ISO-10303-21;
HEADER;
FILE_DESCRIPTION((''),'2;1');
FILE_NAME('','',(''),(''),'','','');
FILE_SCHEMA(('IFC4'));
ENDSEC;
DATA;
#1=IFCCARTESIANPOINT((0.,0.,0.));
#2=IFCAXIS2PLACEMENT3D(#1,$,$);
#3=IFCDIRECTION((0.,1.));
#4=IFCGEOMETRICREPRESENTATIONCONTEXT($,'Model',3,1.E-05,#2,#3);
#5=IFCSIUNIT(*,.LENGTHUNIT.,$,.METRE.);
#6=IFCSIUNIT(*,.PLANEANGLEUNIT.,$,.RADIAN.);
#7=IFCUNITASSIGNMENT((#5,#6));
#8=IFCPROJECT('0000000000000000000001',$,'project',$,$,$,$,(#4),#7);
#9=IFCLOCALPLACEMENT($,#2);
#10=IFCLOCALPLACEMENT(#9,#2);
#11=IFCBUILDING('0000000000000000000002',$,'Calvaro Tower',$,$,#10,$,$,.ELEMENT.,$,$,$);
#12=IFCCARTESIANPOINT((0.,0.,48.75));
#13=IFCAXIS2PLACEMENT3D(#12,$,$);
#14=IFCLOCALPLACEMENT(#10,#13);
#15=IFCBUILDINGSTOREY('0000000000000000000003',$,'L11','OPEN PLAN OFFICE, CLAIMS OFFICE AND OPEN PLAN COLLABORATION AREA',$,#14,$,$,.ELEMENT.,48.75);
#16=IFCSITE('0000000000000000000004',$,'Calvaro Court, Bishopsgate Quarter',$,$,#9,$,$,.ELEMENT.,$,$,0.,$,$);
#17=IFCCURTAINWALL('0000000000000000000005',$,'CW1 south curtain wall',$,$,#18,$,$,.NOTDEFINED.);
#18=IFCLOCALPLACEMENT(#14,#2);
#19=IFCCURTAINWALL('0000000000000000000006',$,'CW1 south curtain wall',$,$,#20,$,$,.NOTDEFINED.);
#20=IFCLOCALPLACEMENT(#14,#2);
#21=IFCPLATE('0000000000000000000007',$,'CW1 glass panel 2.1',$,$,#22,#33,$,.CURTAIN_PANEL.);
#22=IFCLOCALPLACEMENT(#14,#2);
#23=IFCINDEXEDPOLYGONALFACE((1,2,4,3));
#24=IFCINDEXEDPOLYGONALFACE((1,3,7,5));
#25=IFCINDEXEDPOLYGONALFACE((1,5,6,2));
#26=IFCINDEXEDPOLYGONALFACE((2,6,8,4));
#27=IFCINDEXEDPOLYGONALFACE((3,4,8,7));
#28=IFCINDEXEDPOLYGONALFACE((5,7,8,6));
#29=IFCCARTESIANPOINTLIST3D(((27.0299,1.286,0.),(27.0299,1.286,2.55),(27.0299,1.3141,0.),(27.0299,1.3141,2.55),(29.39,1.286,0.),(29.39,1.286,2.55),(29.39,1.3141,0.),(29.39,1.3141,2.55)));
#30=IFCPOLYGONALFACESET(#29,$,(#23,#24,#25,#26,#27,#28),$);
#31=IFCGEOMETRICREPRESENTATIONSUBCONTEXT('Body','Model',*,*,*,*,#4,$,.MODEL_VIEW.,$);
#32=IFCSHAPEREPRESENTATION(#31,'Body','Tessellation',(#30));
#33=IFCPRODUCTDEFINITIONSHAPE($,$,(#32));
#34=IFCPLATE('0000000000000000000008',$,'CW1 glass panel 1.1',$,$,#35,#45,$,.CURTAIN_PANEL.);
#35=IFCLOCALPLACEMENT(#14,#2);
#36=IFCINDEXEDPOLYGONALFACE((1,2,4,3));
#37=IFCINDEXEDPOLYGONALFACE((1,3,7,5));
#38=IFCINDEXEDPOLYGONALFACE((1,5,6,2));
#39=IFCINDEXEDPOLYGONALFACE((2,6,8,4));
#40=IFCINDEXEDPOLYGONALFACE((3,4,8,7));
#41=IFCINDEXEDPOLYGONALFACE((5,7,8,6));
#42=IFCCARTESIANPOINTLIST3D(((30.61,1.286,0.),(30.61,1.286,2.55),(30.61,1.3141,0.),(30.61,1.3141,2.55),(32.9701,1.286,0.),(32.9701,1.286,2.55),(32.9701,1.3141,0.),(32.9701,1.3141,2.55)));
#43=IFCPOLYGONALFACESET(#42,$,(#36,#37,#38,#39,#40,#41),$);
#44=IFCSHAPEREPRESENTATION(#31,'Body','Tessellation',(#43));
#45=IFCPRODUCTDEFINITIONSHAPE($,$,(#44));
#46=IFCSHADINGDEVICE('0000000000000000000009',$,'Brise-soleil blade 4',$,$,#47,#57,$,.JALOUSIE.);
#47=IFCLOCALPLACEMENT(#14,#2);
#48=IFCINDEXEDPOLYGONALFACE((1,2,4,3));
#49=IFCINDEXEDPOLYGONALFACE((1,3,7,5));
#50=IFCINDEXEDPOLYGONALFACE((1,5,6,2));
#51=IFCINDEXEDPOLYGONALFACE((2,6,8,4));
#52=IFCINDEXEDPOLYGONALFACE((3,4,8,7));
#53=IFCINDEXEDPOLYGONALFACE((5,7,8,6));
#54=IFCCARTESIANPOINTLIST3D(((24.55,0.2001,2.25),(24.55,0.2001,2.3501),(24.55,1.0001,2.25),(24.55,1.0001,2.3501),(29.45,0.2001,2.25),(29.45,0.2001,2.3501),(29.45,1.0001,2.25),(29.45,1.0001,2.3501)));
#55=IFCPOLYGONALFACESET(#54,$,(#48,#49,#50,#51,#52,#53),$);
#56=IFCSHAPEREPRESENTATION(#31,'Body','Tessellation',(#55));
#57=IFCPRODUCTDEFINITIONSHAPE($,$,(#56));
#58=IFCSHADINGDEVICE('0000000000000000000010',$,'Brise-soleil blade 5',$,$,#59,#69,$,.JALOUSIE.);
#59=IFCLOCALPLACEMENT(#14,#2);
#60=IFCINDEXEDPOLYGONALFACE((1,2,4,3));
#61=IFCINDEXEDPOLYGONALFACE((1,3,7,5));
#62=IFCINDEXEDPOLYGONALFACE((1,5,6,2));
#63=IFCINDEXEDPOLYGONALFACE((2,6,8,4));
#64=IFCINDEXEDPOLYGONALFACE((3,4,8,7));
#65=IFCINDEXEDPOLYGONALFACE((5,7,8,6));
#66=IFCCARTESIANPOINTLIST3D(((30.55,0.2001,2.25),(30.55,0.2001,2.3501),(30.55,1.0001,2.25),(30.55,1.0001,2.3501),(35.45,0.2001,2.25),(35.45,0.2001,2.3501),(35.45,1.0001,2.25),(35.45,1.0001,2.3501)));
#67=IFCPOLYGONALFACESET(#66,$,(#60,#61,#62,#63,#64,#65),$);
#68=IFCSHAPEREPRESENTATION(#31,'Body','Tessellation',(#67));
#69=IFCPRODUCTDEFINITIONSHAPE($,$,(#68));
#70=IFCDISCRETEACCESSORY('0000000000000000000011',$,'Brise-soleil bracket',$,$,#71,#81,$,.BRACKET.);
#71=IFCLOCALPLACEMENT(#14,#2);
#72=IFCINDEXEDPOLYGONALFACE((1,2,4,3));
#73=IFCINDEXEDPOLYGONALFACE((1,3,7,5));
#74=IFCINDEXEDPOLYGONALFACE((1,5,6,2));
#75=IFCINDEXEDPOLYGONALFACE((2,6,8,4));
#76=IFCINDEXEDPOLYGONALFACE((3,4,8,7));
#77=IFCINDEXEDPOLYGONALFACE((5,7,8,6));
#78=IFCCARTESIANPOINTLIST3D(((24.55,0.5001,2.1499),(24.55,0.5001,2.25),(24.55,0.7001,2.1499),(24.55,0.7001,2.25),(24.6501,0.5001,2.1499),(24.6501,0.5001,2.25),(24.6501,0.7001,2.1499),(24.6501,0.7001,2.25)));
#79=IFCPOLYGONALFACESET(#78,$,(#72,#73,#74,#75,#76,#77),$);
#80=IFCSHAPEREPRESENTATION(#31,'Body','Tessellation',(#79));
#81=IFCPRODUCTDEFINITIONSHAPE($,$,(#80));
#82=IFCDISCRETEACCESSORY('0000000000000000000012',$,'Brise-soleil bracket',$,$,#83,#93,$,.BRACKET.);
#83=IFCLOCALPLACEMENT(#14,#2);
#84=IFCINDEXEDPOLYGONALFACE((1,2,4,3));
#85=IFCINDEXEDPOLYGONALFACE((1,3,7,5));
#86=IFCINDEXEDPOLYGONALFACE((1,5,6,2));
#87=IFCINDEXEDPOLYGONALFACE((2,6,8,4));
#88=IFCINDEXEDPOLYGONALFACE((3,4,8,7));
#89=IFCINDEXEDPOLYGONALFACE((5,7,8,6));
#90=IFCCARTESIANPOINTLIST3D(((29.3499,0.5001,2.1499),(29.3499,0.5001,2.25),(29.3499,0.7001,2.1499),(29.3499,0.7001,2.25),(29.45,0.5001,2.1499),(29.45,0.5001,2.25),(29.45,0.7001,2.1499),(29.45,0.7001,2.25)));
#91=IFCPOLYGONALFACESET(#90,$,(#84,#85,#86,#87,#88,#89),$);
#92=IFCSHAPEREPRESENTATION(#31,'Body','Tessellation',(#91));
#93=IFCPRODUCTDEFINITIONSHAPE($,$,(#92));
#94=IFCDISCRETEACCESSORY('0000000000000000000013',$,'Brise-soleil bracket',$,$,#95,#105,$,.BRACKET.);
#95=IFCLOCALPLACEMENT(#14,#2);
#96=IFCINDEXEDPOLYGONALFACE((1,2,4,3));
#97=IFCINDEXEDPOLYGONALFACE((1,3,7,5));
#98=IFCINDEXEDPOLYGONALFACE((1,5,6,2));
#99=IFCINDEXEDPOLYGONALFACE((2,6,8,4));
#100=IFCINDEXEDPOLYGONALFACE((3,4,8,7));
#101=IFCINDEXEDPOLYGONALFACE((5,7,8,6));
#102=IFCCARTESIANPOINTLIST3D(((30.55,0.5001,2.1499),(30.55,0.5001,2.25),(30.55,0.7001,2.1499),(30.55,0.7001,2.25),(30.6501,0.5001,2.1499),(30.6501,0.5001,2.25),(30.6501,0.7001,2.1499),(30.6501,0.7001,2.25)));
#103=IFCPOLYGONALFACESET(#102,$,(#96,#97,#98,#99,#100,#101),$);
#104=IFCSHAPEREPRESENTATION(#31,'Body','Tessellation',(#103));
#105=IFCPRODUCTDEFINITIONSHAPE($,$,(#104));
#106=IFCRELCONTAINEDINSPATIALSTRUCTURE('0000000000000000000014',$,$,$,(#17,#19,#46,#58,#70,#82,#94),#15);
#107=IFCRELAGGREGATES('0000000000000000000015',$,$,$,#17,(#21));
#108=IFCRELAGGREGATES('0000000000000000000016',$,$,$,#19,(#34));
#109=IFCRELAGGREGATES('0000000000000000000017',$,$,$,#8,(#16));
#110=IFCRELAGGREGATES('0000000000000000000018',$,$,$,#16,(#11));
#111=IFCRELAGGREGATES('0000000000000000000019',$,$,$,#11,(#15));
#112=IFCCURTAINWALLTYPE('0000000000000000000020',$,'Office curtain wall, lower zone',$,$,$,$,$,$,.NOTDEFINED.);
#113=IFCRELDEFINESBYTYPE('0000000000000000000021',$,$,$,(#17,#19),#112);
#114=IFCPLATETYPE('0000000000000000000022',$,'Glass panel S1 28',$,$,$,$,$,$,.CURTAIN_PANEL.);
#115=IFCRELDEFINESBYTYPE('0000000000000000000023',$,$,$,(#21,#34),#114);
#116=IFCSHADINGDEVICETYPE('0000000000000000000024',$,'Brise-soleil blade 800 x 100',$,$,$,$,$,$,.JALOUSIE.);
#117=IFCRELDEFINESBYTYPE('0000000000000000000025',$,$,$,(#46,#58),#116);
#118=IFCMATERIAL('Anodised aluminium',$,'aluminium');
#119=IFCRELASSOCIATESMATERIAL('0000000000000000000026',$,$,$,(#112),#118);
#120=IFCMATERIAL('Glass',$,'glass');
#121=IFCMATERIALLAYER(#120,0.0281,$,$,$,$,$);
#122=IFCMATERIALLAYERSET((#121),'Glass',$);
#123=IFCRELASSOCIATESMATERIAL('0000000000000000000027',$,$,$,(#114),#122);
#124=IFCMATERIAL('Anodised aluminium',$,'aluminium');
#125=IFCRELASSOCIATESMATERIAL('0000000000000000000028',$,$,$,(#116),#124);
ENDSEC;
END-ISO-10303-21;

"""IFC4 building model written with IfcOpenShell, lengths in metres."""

from ifc_helpers import new_model, si_unit, direction, frame, origin, origin_2d, place, context, subcontext, project, spatial, rectangle, extrude, material, layer, layer_set, material_profile, profile_set, type_object, element, aggregate, save


model = new_model("IFC4")

# Units and contexts
model_context = context("Model", 3, precision=1e-05, world=origin(), true_north=direction((0.0, 1.0)))
body_context = subcontext(model_context, "Body", "Model", "MODEL_VIEW")
ifc_project = project(units=[si_unit("LENGTHUNIT", "METRE"), si_unit("PLANEANGLEUNIT", "RADIAN")], contexts=[model_context])

# Site, building, storey
site_placement = place(None, origin())
site = spatial("IfcSite", under=ifc_project, at=site_placement, Name="Calvaro Court, Bishopsgate Quarter", CompositionType="ELEMENT", RefElevation=0.0)
building_placement = place(site_placement, origin())
building = spatial("IfcBuilding", under=site, at=building_placement, Name="Calvaro Tower", CompositionType="ELEMENT")
storey_placement = place(building_placement, frame((0.0, 0.0, 48.75)))
storey = spatial("IfcBuildingStorey", under=building, at=storey_placement, Name="L11", Description="OPEN PLAN OFFICE, CLAIMS OFFICE AND OPEN PLAN COLLABORATION AREA", CompositionType="ELEMENT", Elevation=48.75)

# Shared definitions
ifc_material_1 = material(Name="Anodised aluminium", Category="aluminium")
curtain_wall_type = type_object("IfcCurtainWallType", Name="Office curtain wall, lower zone", PredefinedType="NOTDEFINED", material=ifc_material_1)

# Curtain walls
curtain_wall_1_placement = place(storey_placement, origin())
curtain_wall_1 = element("IfcCurtainWall", 1, at=curtain_wall_1_placement, inside=storey, type_object=curtain_wall_type, Name="CW1 south curtain wall", PredefinedType="NOTDEFINED")
curtain_wall_2_placement = place(storey_placement, origin())
curtain_wall_2 = element("IfcCurtainWall", 2, at=curtain_wall_2_placement, inside=storey, type_object=curtain_wall_type, Name="CW1 south curtain wall", PredefinedType="NOTDEFINED")

# Plates
ifc_material_2 = material(Name="Glass", Category="glass")
ifc_layer = layer(ifc_material_2, 0.0281)
ifc_layer_set = layer_set([ifc_layer], Name="Glass")
plate_type = type_object("IfcPlateType", Name="Glass panel S1 28", PredefinedType="CURTAIN_PANEL", material=ifc_layer_set)
plate_1_placement = place(storey_placement, frame((28.21, 1.3, 0.0), z_axis=(0.0, 0.0, 1.0), x_axis=(1.0, 0.0, 0.0)))
plate_1 = element("IfcPlate", 3, at=plate_1_placement, type_object=plate_type, Name="CW1 glass panel 2.1", PredefinedType="CURTAIN_PANEL", context=body_context, shape_type="SweptSolid", body=[
    extrude(rectangle(XDim=2.3601, YDim=0.0281, at=origin_2d()), origin(), (0.0, 0.0, 1.0), 2.55),
])
aggregate(curtain_wall_1, [plate_1])
plate_2_placement = place(storey_placement, frame((31.79, 1.3, 0.0), z_axis=(0.0, 0.0, 1.0), x_axis=(1.0, 0.0, 0.0)))
plate_2 = element("IfcPlate", 4, at=plate_2_placement, type_object=plate_type, Name="CW1 glass panel 1.1", PredefinedType="CURTAIN_PANEL", context=body_context, shape_type="SweptSolid", body=[
    extrude(rectangle(XDim=2.3601, YDim=0.0281, at=origin_2d()), origin(), (0.0, 0.0, 1.0), 2.55),
])
aggregate(curtain_wall_2, [plate_2])

# Shading devices
ifc_material_3 = material(Name="Anodised aluminium", Category="aluminium")
ifc_material_profile_1 = material_profile(ifc_material_3, rectangle(XDim=0.8, YDim=0.1001, at=origin_2d()), Name="Brise-soleil blade 800 x 100")
ifc_profile_set_1 = profile_set([ifc_material_profile_1], Name="Anodised aluminium")
shading_device_type = type_object("IfcShadingDeviceType", Name="Brise-soleil blade 800 x 100", PredefinedType="JALOUSIE", material=ifc_profile_set_1)
for number, where, z_axis, x_axis, name in (
    (5, (24.55, 0.6001, 2.3), (1.0, 0.0, 0.0), (0.0, 1.0, 0.0), "Brise-soleil blade 4"),
    (6, (30.55, 0.6001, 2.3), (1.0, 0.0, 0.0), (0.0, 1.0, 0.0), "Brise-soleil blade 5"),
):
    element("IfcShadingDevice", number, at=place(storey_placement, frame(where, z_axis=z_axis, x_axis=x_axis)), inside=storey, type_object=shading_device_type, Name=name, PredefinedType="JALOUSIE", context=body_context, shape_type="SweptSolid", body=[
        extrude(rectangle(XDim=0.8, YDim=0.1001, at=origin_2d()), origin(), (0.0, 0.0, 1.0), 4.8999),
    ])

# Discrete accessories
for number, where, z_axis, x_axis, name in (
    (7, (24.6001, 0.6001, 2.1499), (0.0, 0.0, 1.0), (1.0, 0.0, 0.0), "Brise-soleil bracket"),
    (8, (29.3999, 0.6001, 2.1499), (0.0, 0.0, 1.0), (1.0, 0.0, 0.0), "Brise-soleil bracket"),
    (9, (30.6001, 0.6001, 2.1499), (0.0, 0.0, 1.0), (1.0, 0.0, 0.0), "Brise-soleil bracket"),
):
    element("IfcDiscreteAccessory", number, at=place(storey_placement, frame(where, z_axis=z_axis, x_axis=x_axis)), inside=storey, Name=name, PredefinedType="BRACKET", context=body_context, shape_type="SweptSolid", body=[
        extrude(rectangle(XDim=0.1001, YDim=0.2, at=origin_2d()), origin(), (0.0, 0.0, 1.0), 0.1001),
    ])

save(model, "model.ifc")
